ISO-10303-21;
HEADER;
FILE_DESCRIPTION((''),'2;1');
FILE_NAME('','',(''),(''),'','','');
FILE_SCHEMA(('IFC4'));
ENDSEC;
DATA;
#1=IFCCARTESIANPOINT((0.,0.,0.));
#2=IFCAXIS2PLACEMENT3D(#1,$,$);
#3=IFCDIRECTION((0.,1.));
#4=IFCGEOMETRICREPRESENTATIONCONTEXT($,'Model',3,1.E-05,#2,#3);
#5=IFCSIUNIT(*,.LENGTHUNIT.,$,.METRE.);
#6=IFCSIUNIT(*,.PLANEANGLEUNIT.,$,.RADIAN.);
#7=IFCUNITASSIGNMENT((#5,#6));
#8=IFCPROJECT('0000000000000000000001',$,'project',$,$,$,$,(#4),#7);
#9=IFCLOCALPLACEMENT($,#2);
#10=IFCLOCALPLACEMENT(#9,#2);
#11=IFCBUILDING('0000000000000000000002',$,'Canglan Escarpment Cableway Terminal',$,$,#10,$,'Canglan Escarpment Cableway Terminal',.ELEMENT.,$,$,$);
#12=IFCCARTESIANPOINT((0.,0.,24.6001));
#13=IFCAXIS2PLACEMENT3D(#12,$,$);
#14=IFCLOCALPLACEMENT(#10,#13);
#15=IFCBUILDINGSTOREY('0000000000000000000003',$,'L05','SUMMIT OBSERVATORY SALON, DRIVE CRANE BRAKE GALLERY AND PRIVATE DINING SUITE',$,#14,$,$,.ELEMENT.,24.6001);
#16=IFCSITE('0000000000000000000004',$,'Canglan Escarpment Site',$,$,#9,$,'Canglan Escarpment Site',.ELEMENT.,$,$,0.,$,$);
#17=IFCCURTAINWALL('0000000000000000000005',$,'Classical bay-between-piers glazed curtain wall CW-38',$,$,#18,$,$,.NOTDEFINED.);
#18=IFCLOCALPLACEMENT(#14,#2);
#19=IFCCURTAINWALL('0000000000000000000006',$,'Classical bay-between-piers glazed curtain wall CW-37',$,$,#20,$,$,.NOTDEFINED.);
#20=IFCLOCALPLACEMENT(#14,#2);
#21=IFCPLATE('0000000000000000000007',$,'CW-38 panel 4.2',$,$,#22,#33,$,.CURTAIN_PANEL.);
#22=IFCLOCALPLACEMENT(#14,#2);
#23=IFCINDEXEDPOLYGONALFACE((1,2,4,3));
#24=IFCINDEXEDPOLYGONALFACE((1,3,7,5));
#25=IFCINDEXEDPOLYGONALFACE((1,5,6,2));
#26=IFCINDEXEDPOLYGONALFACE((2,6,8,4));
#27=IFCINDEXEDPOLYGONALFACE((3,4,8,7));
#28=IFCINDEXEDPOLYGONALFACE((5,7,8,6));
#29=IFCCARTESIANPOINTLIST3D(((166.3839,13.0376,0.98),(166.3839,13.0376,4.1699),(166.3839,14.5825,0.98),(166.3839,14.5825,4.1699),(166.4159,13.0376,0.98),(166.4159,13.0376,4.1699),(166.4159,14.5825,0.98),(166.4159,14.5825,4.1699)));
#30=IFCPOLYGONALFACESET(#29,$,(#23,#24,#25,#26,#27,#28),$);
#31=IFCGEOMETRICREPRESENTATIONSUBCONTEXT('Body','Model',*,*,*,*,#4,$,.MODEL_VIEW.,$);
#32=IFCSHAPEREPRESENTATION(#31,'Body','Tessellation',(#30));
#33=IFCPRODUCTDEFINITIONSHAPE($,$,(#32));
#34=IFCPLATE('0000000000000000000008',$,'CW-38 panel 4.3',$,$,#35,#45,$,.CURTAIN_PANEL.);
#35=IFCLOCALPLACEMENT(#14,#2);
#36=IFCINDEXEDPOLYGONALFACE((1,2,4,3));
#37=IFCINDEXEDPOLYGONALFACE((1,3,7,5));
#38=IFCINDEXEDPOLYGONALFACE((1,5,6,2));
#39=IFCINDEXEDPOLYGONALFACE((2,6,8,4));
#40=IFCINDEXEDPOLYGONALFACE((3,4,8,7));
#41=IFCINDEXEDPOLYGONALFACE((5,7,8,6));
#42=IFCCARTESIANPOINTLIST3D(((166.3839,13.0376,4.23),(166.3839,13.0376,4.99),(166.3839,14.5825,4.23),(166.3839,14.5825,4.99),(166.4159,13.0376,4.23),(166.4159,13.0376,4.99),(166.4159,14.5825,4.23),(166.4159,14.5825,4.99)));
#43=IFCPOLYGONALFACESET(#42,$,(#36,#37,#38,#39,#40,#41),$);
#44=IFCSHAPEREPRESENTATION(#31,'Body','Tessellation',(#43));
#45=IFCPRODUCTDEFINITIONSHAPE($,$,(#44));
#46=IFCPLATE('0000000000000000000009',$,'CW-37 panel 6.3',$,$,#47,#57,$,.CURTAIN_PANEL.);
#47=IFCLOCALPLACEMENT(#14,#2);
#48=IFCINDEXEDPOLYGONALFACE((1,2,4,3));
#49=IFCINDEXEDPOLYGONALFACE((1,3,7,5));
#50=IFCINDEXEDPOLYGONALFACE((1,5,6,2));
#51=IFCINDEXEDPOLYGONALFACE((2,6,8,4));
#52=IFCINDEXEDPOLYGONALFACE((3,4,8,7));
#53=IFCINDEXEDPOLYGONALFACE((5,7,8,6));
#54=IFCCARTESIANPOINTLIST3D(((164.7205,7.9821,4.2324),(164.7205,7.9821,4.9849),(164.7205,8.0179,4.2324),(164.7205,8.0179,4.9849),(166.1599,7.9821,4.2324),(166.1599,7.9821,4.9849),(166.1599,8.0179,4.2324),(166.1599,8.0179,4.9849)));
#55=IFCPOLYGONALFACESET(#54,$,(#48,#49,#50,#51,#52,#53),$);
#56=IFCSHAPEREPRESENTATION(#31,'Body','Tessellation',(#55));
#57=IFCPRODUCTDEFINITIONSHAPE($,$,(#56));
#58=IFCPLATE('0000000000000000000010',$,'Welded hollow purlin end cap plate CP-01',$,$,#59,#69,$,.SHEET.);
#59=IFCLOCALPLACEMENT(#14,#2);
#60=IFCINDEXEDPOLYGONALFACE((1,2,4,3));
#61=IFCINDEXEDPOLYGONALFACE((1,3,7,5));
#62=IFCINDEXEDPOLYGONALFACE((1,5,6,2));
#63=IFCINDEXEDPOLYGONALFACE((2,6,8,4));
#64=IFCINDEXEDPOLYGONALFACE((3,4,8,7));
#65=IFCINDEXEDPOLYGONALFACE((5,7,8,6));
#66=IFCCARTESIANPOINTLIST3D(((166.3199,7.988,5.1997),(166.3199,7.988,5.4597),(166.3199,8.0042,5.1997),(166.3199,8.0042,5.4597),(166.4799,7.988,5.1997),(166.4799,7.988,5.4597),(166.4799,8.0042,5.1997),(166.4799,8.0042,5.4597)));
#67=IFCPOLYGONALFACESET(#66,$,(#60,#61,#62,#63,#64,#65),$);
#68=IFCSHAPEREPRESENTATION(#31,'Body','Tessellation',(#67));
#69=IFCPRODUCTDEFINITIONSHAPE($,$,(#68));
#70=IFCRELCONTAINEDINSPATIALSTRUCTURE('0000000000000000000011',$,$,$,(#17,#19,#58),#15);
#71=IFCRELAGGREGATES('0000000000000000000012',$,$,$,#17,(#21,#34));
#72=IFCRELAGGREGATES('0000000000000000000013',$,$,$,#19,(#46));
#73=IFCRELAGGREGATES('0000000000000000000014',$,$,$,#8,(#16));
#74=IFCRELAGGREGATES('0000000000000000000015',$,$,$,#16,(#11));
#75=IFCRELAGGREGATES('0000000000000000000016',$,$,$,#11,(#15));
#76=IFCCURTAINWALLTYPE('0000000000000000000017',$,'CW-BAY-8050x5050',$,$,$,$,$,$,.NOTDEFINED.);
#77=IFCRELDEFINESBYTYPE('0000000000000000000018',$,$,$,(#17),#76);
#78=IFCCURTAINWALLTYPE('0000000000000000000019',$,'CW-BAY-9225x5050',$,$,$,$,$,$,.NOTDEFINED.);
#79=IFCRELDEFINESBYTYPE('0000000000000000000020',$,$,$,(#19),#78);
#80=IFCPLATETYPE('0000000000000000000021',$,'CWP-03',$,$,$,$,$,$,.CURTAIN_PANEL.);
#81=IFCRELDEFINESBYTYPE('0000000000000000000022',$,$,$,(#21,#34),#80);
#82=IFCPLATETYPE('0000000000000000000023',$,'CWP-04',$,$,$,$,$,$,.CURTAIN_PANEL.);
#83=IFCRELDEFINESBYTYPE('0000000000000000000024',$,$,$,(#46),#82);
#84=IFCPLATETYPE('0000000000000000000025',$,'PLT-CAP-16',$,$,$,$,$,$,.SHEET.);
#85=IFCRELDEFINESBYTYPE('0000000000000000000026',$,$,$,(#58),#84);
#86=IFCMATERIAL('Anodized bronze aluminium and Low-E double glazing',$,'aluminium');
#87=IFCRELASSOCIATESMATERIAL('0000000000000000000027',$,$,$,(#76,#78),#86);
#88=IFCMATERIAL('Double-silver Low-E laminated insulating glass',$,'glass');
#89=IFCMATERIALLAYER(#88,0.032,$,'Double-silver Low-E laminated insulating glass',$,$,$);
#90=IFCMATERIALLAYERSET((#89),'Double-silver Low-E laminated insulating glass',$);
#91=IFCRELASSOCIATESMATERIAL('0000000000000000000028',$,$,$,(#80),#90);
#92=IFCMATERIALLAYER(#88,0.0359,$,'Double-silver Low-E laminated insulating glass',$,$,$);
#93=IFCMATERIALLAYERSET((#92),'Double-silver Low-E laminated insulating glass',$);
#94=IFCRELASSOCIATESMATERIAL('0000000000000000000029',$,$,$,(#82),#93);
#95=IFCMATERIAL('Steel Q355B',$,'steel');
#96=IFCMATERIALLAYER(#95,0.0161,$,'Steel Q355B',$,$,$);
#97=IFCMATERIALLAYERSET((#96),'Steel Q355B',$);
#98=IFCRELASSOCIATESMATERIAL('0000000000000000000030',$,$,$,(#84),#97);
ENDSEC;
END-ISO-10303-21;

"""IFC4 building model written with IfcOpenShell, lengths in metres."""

from ifc_helpers import new_model, si_unit, direction, frame, origin, origin_2d, place, context, subcontext, project, spatial, rectangle, extrude, material, layer, layer_set, type_object, element, aggregate, save


model = new_model("IFC4")

# Units and contexts
model_context = context("Model", 3, precision=1e-05, world=origin(), true_north=direction((0.0, 1.0)))
body_context = subcontext(model_context, "Body", "Model", "MODEL_VIEW")
ifc_project = project(units=[si_unit("LENGTHUNIT", "METRE"), si_unit("PLANEANGLEUNIT", "RADIAN")], contexts=[model_context])

# Site, building, storey
site_placement = place(None, origin())
site = spatial("IfcSite", under=ifc_project, at=site_placement, Name="Canglan Escarpment Site", LongName="Canglan Escarpment Site", CompositionType="ELEMENT", RefElevation=0.0)
building_placement = place(site_placement, origin())
building = spatial("IfcBuilding", under=site, at=building_placement, Name="Canglan Escarpment Cableway Terminal", LongName="Canglan Escarpment Cableway Terminal", CompositionType="ELEMENT")
storey_placement = place(building_placement, frame((0.0, 0.0, 24.6001)))
storey = spatial("IfcBuildingStorey", under=building, at=storey_placement, Name="L05", Description="SUMMIT OBSERVATORY SALON, DRIVE CRANE BRAKE GALLERY AND PRIVATE DINING SUITE", CompositionType="ELEMENT", Elevation=24.6001)

# Curtain wall
ifc_material_1 = material(Name="Anodized bronze aluminium and Low-E double glazing", Category="aluminium")
curtain_wall_type_1 = type_object("IfcCurtainWallType", Name="CW-BAY-8050x5050", PredefinedType="NOTDEFINED", material=ifc_material_1)
curtain_wall_1_placement = place(storey_placement, origin())
curtain_wall_1 = element("IfcCurtainWall", 1, at=curtain_wall_1_placement, inside=storey, type_object=curtain_wall_type_1, Name="Classical bay-between-piers glazed curtain wall CW-38", PredefinedType="NOTDEFINED")

# Curtain wall
curtain_wall_type_2 = type_object("IfcCurtainWallType", Name="CW-BAY-9225x5050", PredefinedType="NOTDEFINED", material=ifc_material_1)
curtain_wall_2_placement = place(storey_placement, origin())
curtain_wall_2 = element("IfcCurtainWall", 2, at=curtain_wall_2_placement, inside=storey, type_object=curtain_wall_type_2, Name="Classical bay-between-piers glazed curtain wall CW-37", PredefinedType="NOTDEFINED")

# Shared definitions
ifc_material_2 = material(Name="Steel Q355B", Category="steel")

# Plates
ifc_material_3 = material(Name="Double-silver Low-E laminated insulating glass", Category="glass")
ifc_layer_1 = layer(ifc_material_3, 0.032, Name="Double-silver Low-E laminated insulating glass")
ifc_layer_set_1 = layer_set([ifc_layer_1], Name="Double-silver Low-E laminated insulating glass")
plate_type_1 = type_object("IfcPlateType", Name="CWP-03", PredefinedType="CURTAIN_PANEL", material=ifc_layer_set_1)
plate_1_placement = place(storey_placement, frame((166.3999, 13.8101, 0.98), z_axis=(0.0, 0.0, 1.0), x_axis=(0.0, 1.0, 0.0)))
plate_1 = element("IfcPlate", 3, at=plate_1_placement, type_object=plate_type_1, Name="CW-38 panel 4.2", PredefinedType="CURTAIN_PANEL", context=body_context, shape_type="SweptSolid", body=[
    extrude(rectangle(XDim=1.5449, YDim=0.032, at=origin_2d()), origin(), (0.0, 0.0, 1.0), 3.1899),
])
plate_2_placement = place(storey_placement, frame((166.3999, 13.8101, 4.23), z_axis=(0.0, 0.0, 1.0), x_axis=(0.0, 1.0, 0.0)))
plate_2 = element("IfcPlate", 4, at=plate_2_placement, type_object=plate_type_1, Name="CW-38 panel 4.3", PredefinedType="CURTAIN_PANEL", context=body_context, shape_type="SweptSolid", body=[
    extrude(rectangle(XDim=1.5449, YDim=0.032, at=origin_2d()), origin(), (0.0, 0.0, 1.0), 0.76),
])
aggregate(curtain_wall_1, [plate_1, plate_2])
ifc_layer_2 = layer(ifc_material_3, 0.0359, Name="Double-silver Low-E laminated insulating glass")
ifc_layer_set_2 = layer_set([ifc_layer_2], Name="Double-silver Low-E laminated insulating glass")
plate_type_2 = type_object("IfcPlateType", Name="CWP-04", PredefinedType="CURTAIN_PANEL", material=ifc_layer_set_2)
plate_3_placement = place(storey_placement, frame((165.4402, 8.0, 4.2324), z_axis=(0.0, 0.0, 1.0), x_axis=(1.0, 0.0, 0.0)))
plate_3 = element("IfcPlate", 5, at=plate_3_placement, type_object=plate_type_2, Name="CW-37 panel 6.3", PredefinedType="CURTAIN_PANEL", context=body_context, shape_type="SweptSolid", body=[
    extrude(rectangle(XDim=1.4395, YDim=0.0359, at=origin_2d()), origin(), (0.0, 0.0, 1.0), 0.7524),
])
aggregate(curtain_wall_2, [plate_3])
ifc_layer_3 = layer(ifc_material_2, 0.0161, Name="Steel Q355B")
ifc_layer_set_3 = layer_set([ifc_layer_3], Name="Steel Q355B")
plate_type_3 = type_object("IfcPlateType", Name="PLT-CAP-16", PredefinedType="SHEET", material=ifc_layer_set_3)
plate_4_placement = place(storey_placement, frame((166.3999, 7.9961, 5.1997), z_axis=(0.0, 0.0, 1.0), x_axis=(1.0, 0.0, 0.0)))
element("IfcPlate", 6, at=plate_4_placement, inside=storey, type_object=plate_type_3, Name="Welded hollow purlin end cap plate CP-01", PredefinedType="SHEET", context=body_context, shape_type="SweptSolid", body=[
    extrude(rectangle(XDim=0.1599, YDim=0.0161, at=origin_2d()), origin(), (0.0, 0.0, 1.0), 0.26),
])

save(model, "model.ifc")
